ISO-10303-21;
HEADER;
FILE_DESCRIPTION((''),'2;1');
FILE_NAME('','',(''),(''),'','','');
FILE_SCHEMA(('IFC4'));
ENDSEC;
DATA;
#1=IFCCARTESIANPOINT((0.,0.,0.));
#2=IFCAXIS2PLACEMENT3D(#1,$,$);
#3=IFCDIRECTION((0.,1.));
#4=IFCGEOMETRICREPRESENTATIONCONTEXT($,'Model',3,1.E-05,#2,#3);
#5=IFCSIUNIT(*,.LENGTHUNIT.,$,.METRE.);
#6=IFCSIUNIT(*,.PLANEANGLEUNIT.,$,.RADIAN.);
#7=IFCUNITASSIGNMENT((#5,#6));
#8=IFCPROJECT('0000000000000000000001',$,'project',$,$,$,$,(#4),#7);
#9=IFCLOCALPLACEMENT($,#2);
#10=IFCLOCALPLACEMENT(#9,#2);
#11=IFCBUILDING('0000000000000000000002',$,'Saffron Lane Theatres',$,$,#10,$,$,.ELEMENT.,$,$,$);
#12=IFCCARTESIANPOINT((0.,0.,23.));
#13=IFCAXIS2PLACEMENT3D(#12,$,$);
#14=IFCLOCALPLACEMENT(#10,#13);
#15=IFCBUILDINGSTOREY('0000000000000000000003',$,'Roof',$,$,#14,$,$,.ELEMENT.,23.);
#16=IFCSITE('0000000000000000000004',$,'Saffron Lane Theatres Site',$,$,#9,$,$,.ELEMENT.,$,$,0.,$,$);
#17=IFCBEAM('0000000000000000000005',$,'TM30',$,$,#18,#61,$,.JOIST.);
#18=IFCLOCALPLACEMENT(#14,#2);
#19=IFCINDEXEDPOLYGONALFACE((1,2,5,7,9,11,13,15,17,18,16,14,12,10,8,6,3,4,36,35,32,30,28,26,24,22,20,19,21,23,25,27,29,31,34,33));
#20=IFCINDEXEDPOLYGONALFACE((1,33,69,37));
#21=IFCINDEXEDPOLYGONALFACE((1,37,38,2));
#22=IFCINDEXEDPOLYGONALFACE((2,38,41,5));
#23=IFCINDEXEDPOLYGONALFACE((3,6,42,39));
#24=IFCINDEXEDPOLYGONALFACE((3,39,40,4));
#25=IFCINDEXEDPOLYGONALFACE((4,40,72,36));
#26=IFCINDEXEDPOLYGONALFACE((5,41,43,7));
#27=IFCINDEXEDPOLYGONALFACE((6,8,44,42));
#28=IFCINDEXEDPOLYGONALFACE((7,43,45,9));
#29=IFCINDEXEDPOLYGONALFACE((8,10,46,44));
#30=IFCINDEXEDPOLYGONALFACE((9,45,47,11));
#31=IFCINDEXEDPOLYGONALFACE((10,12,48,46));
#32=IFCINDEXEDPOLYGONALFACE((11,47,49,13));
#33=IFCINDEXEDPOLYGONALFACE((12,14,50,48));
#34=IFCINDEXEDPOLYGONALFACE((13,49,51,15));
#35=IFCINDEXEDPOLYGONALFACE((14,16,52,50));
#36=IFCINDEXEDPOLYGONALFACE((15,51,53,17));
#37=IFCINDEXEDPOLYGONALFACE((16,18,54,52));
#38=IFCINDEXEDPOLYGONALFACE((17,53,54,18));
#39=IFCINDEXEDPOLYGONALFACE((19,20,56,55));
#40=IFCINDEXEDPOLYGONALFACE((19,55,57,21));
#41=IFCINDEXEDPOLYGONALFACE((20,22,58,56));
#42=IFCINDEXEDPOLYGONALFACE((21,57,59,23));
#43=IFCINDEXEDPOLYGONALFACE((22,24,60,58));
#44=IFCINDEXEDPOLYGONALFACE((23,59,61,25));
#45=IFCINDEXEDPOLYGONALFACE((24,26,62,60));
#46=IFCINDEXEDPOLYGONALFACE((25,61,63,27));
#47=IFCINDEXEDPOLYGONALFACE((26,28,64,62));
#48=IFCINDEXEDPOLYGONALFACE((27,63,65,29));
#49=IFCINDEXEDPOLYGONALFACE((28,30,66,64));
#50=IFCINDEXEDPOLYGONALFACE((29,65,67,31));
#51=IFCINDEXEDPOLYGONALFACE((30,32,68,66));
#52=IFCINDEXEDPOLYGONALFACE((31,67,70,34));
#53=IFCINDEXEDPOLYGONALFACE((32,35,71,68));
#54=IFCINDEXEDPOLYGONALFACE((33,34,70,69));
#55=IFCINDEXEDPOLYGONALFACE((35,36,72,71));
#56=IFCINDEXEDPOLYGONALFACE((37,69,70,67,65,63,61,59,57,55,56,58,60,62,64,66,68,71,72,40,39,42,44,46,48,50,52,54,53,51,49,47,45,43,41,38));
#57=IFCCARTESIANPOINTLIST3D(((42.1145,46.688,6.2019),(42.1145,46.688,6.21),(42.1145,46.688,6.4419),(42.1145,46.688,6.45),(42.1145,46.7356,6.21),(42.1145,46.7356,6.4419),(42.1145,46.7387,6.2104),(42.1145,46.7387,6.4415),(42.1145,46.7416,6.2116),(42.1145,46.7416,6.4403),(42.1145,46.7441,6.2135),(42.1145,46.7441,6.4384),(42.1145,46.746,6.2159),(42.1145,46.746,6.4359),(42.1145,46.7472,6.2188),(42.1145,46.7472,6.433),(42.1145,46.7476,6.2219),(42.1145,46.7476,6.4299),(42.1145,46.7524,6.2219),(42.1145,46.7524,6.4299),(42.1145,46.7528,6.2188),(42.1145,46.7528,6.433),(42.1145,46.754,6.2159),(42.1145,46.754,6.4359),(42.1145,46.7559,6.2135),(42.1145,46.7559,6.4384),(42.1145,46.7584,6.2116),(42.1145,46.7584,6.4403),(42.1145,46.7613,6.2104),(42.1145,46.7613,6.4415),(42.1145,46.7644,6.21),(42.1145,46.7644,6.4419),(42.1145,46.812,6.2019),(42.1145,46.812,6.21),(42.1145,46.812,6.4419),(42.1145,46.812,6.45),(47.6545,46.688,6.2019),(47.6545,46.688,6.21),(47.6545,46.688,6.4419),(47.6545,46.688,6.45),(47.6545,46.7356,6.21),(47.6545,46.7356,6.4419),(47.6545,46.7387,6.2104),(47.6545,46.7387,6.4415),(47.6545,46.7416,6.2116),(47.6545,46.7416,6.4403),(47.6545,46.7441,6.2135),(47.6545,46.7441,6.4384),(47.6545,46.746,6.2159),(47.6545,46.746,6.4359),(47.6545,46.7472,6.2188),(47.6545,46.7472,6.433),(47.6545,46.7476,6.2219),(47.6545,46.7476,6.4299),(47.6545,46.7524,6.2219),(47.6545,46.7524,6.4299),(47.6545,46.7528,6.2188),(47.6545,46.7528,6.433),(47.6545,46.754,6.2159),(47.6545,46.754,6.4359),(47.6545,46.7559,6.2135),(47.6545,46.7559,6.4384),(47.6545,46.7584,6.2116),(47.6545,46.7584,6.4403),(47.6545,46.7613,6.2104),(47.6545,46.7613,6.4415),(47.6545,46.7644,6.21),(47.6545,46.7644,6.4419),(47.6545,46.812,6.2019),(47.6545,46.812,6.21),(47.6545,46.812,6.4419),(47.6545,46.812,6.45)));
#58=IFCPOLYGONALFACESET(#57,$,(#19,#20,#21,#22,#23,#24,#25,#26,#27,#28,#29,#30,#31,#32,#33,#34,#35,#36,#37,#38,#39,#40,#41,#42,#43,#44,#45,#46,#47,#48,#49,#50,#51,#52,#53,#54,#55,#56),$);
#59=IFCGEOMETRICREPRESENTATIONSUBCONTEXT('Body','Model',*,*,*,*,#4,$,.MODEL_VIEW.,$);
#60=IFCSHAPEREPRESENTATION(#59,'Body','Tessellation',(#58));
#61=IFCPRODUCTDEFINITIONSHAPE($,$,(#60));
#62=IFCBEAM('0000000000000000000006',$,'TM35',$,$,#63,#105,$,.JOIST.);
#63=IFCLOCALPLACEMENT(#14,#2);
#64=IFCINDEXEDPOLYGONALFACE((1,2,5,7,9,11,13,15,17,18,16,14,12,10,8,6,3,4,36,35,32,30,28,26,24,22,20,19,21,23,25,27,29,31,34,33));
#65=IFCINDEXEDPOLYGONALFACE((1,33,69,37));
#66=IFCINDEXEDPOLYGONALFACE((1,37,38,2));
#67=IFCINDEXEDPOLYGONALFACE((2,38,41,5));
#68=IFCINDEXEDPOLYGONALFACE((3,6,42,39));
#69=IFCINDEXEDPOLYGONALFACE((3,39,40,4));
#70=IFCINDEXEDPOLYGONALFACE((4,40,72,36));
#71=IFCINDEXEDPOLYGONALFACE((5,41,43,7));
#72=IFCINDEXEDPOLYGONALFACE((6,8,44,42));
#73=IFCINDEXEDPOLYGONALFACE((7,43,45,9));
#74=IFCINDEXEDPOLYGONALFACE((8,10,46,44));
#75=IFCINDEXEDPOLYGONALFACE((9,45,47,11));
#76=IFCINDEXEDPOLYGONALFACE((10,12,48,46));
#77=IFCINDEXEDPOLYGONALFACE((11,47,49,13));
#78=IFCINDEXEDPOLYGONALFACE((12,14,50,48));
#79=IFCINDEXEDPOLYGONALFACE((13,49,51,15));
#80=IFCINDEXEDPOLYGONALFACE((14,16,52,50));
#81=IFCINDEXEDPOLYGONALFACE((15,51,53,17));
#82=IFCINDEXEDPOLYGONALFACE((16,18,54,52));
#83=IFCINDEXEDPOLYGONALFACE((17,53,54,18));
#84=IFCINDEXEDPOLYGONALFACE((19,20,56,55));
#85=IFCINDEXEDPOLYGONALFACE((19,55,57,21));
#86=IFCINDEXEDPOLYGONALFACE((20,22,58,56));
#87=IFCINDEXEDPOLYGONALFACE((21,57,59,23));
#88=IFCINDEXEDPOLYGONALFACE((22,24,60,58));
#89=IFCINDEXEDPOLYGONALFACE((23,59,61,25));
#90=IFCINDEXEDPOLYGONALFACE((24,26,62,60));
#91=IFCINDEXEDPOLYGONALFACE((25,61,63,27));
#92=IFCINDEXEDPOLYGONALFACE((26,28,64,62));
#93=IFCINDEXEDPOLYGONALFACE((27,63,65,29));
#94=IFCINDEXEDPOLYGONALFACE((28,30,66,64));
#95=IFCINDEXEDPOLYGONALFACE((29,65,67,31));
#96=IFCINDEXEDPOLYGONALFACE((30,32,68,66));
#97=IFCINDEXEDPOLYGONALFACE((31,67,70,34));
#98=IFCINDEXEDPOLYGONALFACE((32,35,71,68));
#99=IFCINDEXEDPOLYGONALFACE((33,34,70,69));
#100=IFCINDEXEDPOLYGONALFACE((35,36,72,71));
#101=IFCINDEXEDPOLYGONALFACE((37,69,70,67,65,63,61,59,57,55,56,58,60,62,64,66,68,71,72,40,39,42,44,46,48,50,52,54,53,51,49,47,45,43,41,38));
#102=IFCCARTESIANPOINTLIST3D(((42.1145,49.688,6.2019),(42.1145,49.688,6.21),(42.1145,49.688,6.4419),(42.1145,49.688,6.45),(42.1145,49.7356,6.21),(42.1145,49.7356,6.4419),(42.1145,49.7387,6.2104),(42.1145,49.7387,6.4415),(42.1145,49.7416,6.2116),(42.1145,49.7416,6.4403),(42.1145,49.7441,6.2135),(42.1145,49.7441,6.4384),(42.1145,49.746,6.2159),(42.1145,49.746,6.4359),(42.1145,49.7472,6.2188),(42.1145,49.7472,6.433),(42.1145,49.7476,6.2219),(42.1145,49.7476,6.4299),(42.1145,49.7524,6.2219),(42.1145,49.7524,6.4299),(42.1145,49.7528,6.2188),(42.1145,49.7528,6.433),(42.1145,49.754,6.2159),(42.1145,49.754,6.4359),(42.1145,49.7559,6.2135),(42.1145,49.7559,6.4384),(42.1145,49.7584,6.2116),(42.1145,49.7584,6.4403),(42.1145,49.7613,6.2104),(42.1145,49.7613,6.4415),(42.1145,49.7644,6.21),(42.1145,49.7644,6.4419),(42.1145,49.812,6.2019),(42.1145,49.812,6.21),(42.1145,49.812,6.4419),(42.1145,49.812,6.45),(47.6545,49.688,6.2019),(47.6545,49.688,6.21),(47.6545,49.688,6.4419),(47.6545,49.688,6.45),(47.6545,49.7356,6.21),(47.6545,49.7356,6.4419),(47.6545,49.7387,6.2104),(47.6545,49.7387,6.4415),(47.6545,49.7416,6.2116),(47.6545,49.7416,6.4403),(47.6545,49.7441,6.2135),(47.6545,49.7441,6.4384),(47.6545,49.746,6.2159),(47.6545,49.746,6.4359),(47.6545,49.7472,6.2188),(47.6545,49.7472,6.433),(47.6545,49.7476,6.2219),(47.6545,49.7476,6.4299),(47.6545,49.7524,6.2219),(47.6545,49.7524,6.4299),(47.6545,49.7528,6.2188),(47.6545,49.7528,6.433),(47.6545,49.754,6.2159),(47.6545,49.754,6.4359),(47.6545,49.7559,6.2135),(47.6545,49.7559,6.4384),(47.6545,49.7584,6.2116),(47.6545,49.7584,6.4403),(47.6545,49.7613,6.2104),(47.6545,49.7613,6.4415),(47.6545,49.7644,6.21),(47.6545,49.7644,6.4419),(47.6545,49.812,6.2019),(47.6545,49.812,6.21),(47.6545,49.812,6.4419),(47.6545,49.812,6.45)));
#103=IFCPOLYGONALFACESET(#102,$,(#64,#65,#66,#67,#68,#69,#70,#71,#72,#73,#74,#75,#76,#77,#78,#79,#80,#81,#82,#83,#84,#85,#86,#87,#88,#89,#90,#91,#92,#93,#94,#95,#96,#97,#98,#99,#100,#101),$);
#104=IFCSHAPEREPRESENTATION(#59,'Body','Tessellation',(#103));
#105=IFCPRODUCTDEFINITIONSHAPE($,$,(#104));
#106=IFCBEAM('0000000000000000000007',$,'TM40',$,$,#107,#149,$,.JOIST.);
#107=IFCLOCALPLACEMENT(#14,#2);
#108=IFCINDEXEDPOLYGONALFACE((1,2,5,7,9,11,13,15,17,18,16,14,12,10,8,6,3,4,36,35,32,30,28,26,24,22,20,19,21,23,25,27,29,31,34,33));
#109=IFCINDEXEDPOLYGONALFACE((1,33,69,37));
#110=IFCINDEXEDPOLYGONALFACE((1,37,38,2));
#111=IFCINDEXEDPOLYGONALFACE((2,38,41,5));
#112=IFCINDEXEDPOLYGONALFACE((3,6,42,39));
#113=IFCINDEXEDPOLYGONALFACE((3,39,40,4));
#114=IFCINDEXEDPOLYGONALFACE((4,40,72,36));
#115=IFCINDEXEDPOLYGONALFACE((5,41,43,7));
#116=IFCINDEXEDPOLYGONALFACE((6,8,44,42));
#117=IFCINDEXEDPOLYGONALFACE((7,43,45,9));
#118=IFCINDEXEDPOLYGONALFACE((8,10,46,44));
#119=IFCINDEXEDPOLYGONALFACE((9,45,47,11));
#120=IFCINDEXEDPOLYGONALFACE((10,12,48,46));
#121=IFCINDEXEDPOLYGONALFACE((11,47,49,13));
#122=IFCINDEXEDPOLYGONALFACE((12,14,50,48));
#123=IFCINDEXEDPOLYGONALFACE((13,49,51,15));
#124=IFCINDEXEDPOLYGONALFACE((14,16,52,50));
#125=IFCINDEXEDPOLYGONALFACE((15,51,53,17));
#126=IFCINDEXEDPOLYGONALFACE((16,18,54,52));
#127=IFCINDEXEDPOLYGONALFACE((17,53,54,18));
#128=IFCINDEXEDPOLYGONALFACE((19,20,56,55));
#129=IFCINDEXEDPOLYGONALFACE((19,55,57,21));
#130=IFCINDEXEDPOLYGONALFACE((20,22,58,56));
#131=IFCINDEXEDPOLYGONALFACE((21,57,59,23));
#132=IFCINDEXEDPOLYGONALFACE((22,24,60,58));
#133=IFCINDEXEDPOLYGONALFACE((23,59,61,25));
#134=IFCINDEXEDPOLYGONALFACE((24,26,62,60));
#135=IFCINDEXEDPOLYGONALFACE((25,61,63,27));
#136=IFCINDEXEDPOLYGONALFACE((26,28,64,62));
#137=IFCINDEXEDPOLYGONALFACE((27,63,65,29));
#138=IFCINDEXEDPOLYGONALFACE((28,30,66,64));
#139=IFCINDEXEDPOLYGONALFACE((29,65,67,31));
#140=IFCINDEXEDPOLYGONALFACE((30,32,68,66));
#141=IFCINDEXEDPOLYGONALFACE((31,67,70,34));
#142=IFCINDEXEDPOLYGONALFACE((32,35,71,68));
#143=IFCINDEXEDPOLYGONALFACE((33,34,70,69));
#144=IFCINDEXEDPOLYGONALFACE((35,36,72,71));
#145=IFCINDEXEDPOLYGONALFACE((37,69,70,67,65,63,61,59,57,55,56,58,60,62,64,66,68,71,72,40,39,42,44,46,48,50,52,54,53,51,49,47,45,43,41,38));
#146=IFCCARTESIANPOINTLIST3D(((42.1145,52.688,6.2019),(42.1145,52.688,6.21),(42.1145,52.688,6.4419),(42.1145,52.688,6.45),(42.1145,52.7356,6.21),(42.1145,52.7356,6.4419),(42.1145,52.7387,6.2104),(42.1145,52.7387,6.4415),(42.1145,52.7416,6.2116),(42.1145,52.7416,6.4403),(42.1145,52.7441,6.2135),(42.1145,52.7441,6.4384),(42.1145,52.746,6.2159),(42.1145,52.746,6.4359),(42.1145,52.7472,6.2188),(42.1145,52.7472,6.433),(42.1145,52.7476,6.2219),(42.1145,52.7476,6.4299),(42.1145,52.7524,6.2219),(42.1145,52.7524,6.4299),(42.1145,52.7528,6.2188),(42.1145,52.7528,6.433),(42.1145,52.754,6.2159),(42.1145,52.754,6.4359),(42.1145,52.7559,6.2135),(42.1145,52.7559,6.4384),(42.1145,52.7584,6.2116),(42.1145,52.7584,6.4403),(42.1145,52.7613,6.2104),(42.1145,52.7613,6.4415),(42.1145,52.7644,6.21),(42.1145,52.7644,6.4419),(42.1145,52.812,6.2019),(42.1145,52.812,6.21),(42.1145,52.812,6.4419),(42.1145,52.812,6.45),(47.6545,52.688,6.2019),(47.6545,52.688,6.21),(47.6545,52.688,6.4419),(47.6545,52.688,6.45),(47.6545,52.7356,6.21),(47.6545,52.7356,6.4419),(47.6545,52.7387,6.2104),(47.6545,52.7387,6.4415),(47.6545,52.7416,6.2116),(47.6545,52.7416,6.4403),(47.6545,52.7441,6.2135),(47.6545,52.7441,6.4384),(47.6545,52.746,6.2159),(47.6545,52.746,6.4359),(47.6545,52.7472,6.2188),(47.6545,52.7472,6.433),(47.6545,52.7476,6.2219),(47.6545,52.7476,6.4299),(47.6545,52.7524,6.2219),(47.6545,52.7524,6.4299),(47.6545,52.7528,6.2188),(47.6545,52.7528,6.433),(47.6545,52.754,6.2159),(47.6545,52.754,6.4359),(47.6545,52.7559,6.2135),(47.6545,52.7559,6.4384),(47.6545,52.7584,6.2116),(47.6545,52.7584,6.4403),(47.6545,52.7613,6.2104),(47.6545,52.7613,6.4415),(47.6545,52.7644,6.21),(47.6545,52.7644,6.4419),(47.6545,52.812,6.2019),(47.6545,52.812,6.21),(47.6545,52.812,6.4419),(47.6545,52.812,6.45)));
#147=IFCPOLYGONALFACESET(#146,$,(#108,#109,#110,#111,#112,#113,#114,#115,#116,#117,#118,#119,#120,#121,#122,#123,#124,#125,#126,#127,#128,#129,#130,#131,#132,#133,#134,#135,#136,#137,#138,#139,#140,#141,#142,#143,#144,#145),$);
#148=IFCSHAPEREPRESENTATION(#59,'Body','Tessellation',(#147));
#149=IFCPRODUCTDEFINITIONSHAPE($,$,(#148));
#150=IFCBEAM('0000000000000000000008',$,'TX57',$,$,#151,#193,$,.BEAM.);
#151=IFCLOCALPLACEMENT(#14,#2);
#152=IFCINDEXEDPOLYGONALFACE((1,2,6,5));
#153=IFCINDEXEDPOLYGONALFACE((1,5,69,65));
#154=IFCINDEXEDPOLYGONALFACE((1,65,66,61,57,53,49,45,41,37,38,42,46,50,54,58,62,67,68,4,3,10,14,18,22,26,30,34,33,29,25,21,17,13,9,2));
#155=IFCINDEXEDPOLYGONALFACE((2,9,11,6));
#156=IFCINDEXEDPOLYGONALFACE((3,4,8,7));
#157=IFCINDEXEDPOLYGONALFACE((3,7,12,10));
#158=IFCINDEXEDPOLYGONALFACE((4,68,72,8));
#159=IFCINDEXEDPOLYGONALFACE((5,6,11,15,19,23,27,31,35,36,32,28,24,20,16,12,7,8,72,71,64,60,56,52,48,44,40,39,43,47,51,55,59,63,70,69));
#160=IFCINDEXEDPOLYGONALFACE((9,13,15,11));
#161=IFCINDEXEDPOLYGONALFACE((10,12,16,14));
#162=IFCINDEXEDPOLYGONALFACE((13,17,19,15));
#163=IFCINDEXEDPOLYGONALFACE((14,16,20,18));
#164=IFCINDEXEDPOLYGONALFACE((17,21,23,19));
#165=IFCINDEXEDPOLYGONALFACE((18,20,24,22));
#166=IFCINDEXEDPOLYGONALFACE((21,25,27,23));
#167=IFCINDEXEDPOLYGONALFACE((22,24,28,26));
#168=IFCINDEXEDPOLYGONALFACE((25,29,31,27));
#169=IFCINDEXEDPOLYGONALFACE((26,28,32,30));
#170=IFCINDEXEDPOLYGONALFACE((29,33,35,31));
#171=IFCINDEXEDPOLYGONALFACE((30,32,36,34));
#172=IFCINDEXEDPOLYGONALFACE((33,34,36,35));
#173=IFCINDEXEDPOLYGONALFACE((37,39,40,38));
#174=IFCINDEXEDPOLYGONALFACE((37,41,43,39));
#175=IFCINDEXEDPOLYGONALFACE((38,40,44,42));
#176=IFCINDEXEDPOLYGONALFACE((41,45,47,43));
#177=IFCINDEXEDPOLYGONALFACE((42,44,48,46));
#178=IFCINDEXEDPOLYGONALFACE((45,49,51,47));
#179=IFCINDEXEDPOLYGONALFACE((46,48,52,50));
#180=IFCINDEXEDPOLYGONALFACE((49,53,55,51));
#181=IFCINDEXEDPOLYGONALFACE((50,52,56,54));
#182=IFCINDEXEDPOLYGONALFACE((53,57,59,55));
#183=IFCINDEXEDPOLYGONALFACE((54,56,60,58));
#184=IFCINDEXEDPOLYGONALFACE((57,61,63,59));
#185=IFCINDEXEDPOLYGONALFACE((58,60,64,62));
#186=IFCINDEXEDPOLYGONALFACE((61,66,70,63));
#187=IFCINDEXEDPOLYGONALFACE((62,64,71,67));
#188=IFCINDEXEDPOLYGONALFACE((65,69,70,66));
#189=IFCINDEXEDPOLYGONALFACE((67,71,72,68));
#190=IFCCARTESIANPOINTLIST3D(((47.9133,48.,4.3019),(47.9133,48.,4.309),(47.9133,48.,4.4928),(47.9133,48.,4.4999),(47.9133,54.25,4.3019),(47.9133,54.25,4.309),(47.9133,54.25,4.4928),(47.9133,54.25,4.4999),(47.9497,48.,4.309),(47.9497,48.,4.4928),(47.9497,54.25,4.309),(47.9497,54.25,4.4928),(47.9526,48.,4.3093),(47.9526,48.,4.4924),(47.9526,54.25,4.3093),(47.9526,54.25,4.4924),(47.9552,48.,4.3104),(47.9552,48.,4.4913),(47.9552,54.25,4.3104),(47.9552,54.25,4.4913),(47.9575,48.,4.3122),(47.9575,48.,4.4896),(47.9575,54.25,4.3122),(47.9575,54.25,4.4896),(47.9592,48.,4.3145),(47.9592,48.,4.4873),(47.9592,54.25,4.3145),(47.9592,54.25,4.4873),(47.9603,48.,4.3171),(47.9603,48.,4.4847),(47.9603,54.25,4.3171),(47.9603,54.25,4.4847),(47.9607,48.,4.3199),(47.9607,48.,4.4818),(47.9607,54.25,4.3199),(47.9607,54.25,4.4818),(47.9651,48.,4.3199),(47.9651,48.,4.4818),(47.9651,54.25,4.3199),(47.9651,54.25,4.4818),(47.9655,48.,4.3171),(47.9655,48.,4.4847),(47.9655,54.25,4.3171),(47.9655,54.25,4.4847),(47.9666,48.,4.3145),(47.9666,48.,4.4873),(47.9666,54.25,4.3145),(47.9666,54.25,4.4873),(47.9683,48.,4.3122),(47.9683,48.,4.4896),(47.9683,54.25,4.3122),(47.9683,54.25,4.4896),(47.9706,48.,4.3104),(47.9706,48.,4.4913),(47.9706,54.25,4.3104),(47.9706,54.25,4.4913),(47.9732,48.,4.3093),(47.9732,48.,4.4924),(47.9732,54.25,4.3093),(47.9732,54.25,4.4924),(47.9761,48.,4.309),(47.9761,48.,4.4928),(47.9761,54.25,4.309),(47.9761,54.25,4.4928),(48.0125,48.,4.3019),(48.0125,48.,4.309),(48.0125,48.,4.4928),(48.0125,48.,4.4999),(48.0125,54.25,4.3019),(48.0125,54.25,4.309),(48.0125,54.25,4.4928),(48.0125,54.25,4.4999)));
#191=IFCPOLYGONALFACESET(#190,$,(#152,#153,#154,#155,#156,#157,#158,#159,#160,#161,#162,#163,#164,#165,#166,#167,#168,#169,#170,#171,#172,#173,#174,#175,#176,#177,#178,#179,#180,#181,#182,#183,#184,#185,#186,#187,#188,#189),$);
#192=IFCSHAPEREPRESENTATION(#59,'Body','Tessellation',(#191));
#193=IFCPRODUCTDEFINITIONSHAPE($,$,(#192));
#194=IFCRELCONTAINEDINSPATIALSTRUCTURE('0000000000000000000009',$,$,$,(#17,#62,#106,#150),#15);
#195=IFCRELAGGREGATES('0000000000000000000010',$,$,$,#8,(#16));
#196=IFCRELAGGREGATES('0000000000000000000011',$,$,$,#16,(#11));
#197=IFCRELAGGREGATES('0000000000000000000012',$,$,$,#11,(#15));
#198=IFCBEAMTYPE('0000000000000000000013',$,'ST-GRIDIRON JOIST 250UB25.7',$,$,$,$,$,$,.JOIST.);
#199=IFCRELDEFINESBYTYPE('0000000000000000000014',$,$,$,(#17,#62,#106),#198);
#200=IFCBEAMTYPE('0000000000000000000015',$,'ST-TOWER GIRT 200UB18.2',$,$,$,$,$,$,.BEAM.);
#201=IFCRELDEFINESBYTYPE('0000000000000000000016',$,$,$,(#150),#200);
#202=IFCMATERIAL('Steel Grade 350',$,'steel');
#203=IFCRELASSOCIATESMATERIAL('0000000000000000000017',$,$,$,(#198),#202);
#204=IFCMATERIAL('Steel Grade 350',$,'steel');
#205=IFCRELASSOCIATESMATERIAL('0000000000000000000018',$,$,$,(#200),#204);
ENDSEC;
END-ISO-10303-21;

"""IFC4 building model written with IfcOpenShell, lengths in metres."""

from ifc_helpers import new_model, si_unit, direction, frame, origin, origin_2d, place, context, subcontext, project, spatial, i_section, extrude, material, material_profile, profile_set, type_object, element, save


model = new_model("IFC4")

# Units and contexts
model_context = context("Model", 3, precision=1e-05, world=origin(), true_north=direction((0.0, 1.0)))
body_context = subcontext(model_context, "Body", "Model", "MODEL_VIEW")
ifc_project = project(units=[si_unit("LENGTHUNIT", "METRE"), si_unit("PLANEANGLEUNIT", "RADIAN")], contexts=[model_context])

# Site, building, storey
site_placement = place(None, origin())
site = spatial("IfcSite", under=ifc_project, at=site_placement, Name="Saffron Lane Theatres Site", CompositionType="ELEMENT", RefElevation=0.0)
building_placement = place(site_placement, origin())
building = spatial("IfcBuilding", under=site, at=building_placement, Name="Saffron Lane Theatres", CompositionType="ELEMENT")
storey_placement = place(building_placement, frame((0.0, 0.0, 23.0)))
storey = spatial("IfcBuildingStorey", under=building, at=storey_placement, Name="Roof", CompositionType="ELEMENT", Elevation=23.0)

# Beams
ifc_material_1 = material(Name="Steel Grade 350", Category="steel")
ifc_material_profile_1 = material_profile(ifc_material_1, i_section(OverallWidth=0.124, OverallDepth=0.248, WebThickness=0.0049, FlangeThickness=0.0081, FilletRadius=0.012, at=origin_2d()))
ifc_profile_set_1 = profile_set([ifc_material_profile_1], Name="Steel Grade 350")
beam_type_1 = type_object("IfcBeamType", Name="ST-GRIDIRON JOIST 250UB25.7", PredefinedType="JOIST", material=ifc_profile_set_1)
for number, where, z_axis, x_axis, name in (
    (1, (42.1145, 46.75, 6.3259), (1.0, 0.0, 0.0), (0.0, 1.0, 0.0), "TM30"),
    (2, (42.1145, 49.75, 6.3259), (1.0, 0.0, 0.0), (0.0, 1.0, 0.0), "TM35"),
    (3, (42.1145, 52.75, 6.3259), (1.0, 0.0, 0.0), (0.0, 1.0, 0.0), "TM40"),
):
    element("IfcBeam", number, at=place(storey_placement, frame(where, z_axis=z_axis, x_axis=x_axis)), inside=storey, type_object=beam_type_1, Name=name, PredefinedType="JOIST", context=body_context, shape_type="SweptSolid", body=[
        extrude(i_section(OverallWidth=0.124, OverallDepth=0.248, WebThickness=0.0049, FlangeThickness=0.0081, FilletRadius=0.012, at=origin_2d()), origin(), (0.0, 0.0, 1.0), 5.54),
    ])
ifc_material_2 = material(Name="Steel Grade 350", Category="steel")
ifc_material_profile_2 = material_profile(ifc_material_2, i_section(OverallWidth=0.0991, OverallDepth=0.198, WebThickness=0.0044, FlangeThickness=0.0071, FilletRadius=0.011, at=origin_2d()))
ifc_profile_set_2 = profile_set([ifc_material_profile_2], Name="Steel Grade 350")
beam_type_2 = type_object("IfcBeamType", Name="ST-TOWER GIRT 200UB18.2", PredefinedType="BEAM", material=ifc_profile_set_2)
beam_1_placement = place(storey_placement, frame((47.9629, 48.0, 4.4009), z_axis=(0.0, 1.0, 0.0), x_axis=(-1.0, 0.0, 0.0)))
element("IfcBeam", 4, at=beam_1_placement, inside=storey, type_object=beam_type_2, Name="TX57", PredefinedType="BEAM", context=body_context, shape_type="SweptSolid", body=[
    extrude(i_section(OverallWidth=0.0991, OverallDepth=0.198, WebThickness=0.0044, FlangeThickness=0.0071, FilletRadius=0.011, at=origin_2d()), origin(), (0.0, 0.0, 1.0), 6.25),
])

save(model, "model.ifc")
